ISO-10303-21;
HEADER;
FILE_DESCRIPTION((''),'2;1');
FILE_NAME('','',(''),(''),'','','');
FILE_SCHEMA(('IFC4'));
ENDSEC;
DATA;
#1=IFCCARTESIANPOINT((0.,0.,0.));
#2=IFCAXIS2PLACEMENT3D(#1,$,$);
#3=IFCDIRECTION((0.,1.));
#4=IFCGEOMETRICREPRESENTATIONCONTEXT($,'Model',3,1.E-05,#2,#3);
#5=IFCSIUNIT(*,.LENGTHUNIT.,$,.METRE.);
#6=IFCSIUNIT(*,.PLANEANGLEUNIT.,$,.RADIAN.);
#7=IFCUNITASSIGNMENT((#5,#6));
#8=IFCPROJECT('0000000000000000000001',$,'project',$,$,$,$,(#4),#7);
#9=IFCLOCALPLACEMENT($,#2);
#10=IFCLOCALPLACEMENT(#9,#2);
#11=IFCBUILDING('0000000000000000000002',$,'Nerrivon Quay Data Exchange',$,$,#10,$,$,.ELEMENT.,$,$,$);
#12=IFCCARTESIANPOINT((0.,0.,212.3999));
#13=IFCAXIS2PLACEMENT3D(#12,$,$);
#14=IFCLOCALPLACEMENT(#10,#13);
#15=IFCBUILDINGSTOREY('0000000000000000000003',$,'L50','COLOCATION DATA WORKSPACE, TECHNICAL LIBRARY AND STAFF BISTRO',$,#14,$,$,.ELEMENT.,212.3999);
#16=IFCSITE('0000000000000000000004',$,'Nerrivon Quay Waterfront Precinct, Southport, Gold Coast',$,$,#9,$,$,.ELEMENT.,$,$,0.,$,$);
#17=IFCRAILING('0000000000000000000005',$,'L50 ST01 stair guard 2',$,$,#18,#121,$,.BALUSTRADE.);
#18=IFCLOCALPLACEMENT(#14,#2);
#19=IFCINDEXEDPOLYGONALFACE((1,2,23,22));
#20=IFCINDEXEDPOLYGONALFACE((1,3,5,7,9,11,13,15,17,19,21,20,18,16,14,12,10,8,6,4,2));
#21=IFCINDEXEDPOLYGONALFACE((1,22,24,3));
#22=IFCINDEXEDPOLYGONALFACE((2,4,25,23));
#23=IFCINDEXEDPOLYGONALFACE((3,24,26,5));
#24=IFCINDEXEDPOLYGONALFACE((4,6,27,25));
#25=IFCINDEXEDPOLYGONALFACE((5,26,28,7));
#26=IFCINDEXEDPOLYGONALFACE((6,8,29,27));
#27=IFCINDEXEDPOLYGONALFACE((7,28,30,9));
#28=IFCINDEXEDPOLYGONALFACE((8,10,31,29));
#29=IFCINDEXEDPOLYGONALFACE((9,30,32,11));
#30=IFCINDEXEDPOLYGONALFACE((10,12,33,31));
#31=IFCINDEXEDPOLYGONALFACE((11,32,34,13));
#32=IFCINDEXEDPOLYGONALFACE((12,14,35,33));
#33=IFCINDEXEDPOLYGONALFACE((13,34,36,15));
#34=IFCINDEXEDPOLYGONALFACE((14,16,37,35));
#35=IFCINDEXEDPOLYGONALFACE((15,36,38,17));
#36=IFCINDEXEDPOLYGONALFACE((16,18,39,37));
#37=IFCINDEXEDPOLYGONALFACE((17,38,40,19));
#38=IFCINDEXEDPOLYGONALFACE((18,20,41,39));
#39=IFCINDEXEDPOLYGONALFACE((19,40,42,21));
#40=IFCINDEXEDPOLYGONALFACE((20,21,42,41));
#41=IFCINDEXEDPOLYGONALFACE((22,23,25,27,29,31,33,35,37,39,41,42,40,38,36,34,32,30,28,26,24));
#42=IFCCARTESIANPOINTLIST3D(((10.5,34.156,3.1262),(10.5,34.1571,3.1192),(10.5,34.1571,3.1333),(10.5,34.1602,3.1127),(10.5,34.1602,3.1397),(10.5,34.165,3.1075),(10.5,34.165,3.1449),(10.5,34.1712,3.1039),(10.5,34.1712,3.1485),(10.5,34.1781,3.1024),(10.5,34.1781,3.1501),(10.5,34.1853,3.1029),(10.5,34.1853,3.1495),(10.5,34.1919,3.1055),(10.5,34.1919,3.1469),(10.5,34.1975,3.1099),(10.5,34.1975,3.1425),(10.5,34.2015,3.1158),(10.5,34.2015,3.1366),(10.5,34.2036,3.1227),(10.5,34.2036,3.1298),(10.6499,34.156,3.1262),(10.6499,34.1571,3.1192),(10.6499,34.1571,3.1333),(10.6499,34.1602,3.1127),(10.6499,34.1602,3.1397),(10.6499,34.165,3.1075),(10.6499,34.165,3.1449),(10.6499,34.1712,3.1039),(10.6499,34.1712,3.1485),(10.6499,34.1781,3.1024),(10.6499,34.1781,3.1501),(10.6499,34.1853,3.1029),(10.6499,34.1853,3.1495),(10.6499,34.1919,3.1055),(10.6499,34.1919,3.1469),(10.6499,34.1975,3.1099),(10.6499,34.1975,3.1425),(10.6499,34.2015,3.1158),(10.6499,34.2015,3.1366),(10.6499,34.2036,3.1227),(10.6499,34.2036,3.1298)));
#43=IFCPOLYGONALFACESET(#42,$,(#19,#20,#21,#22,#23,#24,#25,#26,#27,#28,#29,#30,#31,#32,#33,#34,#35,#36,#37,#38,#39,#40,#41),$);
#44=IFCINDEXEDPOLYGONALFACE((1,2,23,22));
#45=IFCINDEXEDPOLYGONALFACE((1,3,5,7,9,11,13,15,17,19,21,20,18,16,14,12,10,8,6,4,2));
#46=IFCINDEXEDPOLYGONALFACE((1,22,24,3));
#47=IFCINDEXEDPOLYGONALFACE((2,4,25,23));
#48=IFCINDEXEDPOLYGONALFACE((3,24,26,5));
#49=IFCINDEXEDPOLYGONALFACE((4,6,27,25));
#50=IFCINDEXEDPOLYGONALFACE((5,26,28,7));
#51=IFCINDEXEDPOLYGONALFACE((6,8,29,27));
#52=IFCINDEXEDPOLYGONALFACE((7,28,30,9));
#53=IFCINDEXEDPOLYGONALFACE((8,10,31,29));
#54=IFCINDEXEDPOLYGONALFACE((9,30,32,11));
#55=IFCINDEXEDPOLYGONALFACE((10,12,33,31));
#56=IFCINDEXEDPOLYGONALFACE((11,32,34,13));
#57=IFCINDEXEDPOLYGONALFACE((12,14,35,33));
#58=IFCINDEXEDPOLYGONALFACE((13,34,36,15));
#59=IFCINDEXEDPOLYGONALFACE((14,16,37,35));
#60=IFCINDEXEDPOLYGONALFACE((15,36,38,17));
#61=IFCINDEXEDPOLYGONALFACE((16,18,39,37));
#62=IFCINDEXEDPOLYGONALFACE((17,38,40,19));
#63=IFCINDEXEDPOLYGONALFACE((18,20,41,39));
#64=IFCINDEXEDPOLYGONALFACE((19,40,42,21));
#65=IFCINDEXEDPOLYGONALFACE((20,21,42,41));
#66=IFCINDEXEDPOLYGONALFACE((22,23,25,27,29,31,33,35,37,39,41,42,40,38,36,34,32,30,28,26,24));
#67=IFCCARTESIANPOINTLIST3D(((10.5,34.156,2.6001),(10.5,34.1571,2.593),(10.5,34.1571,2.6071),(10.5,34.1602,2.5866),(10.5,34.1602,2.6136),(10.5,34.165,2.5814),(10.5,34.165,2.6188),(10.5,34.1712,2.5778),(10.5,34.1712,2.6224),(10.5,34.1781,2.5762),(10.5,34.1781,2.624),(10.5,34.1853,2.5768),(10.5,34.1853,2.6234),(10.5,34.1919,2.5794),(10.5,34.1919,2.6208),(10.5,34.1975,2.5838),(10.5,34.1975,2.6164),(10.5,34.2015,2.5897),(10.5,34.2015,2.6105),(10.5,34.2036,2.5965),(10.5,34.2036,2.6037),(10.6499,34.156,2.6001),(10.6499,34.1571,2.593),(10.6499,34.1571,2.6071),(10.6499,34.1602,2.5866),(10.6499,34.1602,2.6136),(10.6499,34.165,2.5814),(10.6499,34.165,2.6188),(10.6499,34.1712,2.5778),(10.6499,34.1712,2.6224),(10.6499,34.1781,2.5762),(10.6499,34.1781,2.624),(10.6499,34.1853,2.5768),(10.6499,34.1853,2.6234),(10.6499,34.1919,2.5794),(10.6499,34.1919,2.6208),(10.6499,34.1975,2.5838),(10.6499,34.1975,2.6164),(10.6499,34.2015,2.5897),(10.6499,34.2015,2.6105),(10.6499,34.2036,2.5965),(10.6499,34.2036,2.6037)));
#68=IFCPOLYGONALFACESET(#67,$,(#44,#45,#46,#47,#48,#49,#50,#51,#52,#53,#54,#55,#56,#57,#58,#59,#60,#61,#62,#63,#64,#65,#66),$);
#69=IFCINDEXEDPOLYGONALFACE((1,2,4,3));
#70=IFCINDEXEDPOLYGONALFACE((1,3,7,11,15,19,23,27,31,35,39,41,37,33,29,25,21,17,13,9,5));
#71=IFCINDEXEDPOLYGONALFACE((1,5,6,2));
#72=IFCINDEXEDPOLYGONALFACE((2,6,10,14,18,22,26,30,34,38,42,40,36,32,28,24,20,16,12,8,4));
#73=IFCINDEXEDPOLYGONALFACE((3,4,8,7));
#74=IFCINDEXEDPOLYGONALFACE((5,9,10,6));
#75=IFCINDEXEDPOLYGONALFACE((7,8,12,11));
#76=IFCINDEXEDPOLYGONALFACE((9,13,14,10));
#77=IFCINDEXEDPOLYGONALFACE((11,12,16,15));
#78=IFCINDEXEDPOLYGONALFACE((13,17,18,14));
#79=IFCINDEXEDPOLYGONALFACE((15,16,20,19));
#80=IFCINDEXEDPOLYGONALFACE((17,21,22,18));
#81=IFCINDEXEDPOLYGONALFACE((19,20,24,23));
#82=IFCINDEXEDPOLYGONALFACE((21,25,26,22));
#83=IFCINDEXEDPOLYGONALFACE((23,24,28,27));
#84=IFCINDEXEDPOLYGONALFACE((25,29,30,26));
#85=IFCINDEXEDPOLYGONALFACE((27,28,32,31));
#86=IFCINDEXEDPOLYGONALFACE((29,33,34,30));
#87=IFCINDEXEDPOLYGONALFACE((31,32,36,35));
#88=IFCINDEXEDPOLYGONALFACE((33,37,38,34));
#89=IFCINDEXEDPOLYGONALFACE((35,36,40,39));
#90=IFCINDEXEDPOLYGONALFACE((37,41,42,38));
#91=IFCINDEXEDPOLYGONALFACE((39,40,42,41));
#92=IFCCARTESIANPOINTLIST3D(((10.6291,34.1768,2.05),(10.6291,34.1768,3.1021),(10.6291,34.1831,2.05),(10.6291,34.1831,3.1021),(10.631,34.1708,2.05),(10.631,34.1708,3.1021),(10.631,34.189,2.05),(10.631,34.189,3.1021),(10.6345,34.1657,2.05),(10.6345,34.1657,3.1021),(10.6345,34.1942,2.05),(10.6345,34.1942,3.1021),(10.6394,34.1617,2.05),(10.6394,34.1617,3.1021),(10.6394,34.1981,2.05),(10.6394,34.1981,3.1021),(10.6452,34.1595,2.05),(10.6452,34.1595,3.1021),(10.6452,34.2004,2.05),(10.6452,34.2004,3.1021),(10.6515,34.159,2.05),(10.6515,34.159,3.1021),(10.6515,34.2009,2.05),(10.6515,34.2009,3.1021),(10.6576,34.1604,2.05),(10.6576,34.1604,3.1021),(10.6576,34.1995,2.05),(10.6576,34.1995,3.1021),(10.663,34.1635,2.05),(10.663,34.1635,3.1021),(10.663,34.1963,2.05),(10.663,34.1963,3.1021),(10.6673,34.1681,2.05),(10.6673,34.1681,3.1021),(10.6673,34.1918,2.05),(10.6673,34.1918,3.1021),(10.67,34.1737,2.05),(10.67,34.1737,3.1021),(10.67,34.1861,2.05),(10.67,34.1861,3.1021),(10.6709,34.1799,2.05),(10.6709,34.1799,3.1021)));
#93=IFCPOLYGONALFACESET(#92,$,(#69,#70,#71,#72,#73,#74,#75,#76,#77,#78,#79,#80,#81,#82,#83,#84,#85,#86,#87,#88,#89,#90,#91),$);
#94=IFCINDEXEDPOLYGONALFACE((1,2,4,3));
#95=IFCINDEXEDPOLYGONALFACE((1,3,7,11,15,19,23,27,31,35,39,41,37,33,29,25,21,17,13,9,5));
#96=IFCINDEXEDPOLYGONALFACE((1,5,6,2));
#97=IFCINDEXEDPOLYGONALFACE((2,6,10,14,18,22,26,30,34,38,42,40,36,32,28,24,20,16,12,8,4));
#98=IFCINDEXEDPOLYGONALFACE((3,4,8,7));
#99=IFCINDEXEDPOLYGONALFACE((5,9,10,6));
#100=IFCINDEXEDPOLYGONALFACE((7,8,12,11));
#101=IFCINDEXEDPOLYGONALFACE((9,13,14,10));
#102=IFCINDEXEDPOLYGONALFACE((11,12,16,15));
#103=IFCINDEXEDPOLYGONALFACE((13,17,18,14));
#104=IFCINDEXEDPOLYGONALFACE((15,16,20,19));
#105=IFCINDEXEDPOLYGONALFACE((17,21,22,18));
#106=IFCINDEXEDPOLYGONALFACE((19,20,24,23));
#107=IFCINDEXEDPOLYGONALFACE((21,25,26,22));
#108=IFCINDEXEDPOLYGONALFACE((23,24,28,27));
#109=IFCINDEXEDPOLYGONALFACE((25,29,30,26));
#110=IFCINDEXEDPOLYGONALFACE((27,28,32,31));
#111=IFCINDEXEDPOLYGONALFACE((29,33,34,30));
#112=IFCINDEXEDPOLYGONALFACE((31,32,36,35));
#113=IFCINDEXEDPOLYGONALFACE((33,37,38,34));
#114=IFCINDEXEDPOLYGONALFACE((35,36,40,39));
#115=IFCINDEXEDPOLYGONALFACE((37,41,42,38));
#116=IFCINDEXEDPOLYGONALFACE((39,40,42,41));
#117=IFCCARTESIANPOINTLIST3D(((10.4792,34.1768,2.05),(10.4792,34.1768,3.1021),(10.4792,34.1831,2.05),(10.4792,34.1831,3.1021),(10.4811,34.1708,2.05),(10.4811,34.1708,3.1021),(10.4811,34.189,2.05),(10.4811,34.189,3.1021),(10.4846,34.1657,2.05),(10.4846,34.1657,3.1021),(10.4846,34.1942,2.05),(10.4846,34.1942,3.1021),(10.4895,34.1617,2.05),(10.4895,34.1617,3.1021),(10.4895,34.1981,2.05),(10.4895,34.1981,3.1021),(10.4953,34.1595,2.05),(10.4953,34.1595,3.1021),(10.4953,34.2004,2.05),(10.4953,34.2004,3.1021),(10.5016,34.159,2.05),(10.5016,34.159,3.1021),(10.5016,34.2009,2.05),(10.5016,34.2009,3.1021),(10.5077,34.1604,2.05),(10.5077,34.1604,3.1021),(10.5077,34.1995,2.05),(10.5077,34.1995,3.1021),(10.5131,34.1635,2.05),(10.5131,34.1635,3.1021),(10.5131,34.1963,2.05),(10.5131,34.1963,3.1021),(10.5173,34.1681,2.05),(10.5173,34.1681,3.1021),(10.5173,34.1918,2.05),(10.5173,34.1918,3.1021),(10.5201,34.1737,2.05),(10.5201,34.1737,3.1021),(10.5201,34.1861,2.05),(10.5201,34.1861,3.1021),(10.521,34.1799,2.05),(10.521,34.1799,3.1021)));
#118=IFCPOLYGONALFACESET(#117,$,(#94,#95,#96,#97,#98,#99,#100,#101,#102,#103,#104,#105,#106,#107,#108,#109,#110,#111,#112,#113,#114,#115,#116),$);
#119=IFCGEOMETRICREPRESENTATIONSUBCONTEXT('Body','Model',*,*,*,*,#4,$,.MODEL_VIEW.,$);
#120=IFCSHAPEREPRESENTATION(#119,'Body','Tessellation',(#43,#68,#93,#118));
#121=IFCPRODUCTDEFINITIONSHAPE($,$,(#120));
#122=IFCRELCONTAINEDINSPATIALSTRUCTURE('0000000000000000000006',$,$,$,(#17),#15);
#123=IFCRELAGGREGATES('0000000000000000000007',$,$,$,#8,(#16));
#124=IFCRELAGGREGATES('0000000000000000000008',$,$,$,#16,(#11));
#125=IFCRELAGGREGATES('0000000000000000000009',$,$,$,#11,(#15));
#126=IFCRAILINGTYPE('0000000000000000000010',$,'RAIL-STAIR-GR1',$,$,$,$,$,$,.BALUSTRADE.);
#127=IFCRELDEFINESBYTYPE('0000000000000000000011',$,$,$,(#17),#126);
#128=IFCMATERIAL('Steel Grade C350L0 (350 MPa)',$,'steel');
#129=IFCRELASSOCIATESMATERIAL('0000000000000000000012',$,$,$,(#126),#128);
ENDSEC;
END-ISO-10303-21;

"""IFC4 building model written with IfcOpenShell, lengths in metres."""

from ifc_helpers import new_model, si_unit, direction, frame, origin, origin_2d, place, context, subcontext, project, spatial, circle, extrude, material, type_object, element, save


model = new_model("IFC4")

# Units and contexts
model_context = context("Model", 3, precision=1e-05, world=origin(), true_north=direction((0.0, 1.0)))
body_context = subcontext(model_context, "Body", "Model", "MODEL_VIEW")
ifc_project = project(units=[si_unit("LENGTHUNIT", "METRE"), si_unit("PLANEANGLEUNIT", "RADIAN")], contexts=[model_context])

# Site, building, storey
site_placement = place(None, origin())
site = spatial("IfcSite", under=ifc_project, at=site_placement, Name="Nerrivon Quay Waterfront Precinct, Southport, Gold Coast", CompositionType="ELEMENT", RefElevation=0.0)
building_placement = place(site_placement, origin())
building = spatial("IfcBuilding", under=site, at=building_placement, Name="Nerrivon Quay Data Exchange", CompositionType="ELEMENT")
storey_placement = place(building_placement, frame((0.0, 0.0, 212.3999)))
storey = spatial("IfcBuildingStorey", under=building, at=storey_placement, Name="L50", Description="COLOCATION DATA WORKSPACE, TECHNICAL LIBRARY AND STAFF BISTRO", CompositionType="ELEMENT", Elevation=212.3999)

# Shared definitions
ifc_material_1 = material(Name="Steel Grade C350L0 (350 MPa)", Category="steel")

# Railing
railing_type_1 = type_object("IfcRailingType", Name="RAIL-STAIR-GR1", PredefinedType="BALUSTRADE", material=ifc_material_1)
railing_1_placement = place(storey_placement, frame((10.6499, 34.1799, 2.05)))
element("IfcRailing", 1, at=railing_1_placement, inside=storey, type_object=railing_type_1, Name="L50 ST01 stair guard 2", PredefinedType="BALUSTRADE", context=body_context, shape_type="SweptSolid", body=[
    extrude(circle(Radius=0.0239, at=origin_2d()), frame((0.0, 0.0, 1.0762), z_axis=(-1.0, 0.0, 0.0), x_axis=(0.0, -1.0, 0.0)), (0.0, 0.0, 1.0), 0.1499),
    extrude(circle(Radius=0.0239, at=origin_2d()), frame((0.0, 0.0, 0.55), z_axis=(-1.0, 0.0, 0.0), x_axis=(0.0, -1.0, 0.0)), (0.0, 0.0, 1.0), 0.1499),
    extrude(circle(Radius=0.021, at=origin_2d()), origin(), (0.0, 0.0, 1.0), 1.052),
    extrude(circle(Radius=0.021, at=origin_2d()), frame((-0.1499, 0.0, 0.0)), (0.0, 0.0, 1.0), 1.052),
])

save(model, "model.ifc")
